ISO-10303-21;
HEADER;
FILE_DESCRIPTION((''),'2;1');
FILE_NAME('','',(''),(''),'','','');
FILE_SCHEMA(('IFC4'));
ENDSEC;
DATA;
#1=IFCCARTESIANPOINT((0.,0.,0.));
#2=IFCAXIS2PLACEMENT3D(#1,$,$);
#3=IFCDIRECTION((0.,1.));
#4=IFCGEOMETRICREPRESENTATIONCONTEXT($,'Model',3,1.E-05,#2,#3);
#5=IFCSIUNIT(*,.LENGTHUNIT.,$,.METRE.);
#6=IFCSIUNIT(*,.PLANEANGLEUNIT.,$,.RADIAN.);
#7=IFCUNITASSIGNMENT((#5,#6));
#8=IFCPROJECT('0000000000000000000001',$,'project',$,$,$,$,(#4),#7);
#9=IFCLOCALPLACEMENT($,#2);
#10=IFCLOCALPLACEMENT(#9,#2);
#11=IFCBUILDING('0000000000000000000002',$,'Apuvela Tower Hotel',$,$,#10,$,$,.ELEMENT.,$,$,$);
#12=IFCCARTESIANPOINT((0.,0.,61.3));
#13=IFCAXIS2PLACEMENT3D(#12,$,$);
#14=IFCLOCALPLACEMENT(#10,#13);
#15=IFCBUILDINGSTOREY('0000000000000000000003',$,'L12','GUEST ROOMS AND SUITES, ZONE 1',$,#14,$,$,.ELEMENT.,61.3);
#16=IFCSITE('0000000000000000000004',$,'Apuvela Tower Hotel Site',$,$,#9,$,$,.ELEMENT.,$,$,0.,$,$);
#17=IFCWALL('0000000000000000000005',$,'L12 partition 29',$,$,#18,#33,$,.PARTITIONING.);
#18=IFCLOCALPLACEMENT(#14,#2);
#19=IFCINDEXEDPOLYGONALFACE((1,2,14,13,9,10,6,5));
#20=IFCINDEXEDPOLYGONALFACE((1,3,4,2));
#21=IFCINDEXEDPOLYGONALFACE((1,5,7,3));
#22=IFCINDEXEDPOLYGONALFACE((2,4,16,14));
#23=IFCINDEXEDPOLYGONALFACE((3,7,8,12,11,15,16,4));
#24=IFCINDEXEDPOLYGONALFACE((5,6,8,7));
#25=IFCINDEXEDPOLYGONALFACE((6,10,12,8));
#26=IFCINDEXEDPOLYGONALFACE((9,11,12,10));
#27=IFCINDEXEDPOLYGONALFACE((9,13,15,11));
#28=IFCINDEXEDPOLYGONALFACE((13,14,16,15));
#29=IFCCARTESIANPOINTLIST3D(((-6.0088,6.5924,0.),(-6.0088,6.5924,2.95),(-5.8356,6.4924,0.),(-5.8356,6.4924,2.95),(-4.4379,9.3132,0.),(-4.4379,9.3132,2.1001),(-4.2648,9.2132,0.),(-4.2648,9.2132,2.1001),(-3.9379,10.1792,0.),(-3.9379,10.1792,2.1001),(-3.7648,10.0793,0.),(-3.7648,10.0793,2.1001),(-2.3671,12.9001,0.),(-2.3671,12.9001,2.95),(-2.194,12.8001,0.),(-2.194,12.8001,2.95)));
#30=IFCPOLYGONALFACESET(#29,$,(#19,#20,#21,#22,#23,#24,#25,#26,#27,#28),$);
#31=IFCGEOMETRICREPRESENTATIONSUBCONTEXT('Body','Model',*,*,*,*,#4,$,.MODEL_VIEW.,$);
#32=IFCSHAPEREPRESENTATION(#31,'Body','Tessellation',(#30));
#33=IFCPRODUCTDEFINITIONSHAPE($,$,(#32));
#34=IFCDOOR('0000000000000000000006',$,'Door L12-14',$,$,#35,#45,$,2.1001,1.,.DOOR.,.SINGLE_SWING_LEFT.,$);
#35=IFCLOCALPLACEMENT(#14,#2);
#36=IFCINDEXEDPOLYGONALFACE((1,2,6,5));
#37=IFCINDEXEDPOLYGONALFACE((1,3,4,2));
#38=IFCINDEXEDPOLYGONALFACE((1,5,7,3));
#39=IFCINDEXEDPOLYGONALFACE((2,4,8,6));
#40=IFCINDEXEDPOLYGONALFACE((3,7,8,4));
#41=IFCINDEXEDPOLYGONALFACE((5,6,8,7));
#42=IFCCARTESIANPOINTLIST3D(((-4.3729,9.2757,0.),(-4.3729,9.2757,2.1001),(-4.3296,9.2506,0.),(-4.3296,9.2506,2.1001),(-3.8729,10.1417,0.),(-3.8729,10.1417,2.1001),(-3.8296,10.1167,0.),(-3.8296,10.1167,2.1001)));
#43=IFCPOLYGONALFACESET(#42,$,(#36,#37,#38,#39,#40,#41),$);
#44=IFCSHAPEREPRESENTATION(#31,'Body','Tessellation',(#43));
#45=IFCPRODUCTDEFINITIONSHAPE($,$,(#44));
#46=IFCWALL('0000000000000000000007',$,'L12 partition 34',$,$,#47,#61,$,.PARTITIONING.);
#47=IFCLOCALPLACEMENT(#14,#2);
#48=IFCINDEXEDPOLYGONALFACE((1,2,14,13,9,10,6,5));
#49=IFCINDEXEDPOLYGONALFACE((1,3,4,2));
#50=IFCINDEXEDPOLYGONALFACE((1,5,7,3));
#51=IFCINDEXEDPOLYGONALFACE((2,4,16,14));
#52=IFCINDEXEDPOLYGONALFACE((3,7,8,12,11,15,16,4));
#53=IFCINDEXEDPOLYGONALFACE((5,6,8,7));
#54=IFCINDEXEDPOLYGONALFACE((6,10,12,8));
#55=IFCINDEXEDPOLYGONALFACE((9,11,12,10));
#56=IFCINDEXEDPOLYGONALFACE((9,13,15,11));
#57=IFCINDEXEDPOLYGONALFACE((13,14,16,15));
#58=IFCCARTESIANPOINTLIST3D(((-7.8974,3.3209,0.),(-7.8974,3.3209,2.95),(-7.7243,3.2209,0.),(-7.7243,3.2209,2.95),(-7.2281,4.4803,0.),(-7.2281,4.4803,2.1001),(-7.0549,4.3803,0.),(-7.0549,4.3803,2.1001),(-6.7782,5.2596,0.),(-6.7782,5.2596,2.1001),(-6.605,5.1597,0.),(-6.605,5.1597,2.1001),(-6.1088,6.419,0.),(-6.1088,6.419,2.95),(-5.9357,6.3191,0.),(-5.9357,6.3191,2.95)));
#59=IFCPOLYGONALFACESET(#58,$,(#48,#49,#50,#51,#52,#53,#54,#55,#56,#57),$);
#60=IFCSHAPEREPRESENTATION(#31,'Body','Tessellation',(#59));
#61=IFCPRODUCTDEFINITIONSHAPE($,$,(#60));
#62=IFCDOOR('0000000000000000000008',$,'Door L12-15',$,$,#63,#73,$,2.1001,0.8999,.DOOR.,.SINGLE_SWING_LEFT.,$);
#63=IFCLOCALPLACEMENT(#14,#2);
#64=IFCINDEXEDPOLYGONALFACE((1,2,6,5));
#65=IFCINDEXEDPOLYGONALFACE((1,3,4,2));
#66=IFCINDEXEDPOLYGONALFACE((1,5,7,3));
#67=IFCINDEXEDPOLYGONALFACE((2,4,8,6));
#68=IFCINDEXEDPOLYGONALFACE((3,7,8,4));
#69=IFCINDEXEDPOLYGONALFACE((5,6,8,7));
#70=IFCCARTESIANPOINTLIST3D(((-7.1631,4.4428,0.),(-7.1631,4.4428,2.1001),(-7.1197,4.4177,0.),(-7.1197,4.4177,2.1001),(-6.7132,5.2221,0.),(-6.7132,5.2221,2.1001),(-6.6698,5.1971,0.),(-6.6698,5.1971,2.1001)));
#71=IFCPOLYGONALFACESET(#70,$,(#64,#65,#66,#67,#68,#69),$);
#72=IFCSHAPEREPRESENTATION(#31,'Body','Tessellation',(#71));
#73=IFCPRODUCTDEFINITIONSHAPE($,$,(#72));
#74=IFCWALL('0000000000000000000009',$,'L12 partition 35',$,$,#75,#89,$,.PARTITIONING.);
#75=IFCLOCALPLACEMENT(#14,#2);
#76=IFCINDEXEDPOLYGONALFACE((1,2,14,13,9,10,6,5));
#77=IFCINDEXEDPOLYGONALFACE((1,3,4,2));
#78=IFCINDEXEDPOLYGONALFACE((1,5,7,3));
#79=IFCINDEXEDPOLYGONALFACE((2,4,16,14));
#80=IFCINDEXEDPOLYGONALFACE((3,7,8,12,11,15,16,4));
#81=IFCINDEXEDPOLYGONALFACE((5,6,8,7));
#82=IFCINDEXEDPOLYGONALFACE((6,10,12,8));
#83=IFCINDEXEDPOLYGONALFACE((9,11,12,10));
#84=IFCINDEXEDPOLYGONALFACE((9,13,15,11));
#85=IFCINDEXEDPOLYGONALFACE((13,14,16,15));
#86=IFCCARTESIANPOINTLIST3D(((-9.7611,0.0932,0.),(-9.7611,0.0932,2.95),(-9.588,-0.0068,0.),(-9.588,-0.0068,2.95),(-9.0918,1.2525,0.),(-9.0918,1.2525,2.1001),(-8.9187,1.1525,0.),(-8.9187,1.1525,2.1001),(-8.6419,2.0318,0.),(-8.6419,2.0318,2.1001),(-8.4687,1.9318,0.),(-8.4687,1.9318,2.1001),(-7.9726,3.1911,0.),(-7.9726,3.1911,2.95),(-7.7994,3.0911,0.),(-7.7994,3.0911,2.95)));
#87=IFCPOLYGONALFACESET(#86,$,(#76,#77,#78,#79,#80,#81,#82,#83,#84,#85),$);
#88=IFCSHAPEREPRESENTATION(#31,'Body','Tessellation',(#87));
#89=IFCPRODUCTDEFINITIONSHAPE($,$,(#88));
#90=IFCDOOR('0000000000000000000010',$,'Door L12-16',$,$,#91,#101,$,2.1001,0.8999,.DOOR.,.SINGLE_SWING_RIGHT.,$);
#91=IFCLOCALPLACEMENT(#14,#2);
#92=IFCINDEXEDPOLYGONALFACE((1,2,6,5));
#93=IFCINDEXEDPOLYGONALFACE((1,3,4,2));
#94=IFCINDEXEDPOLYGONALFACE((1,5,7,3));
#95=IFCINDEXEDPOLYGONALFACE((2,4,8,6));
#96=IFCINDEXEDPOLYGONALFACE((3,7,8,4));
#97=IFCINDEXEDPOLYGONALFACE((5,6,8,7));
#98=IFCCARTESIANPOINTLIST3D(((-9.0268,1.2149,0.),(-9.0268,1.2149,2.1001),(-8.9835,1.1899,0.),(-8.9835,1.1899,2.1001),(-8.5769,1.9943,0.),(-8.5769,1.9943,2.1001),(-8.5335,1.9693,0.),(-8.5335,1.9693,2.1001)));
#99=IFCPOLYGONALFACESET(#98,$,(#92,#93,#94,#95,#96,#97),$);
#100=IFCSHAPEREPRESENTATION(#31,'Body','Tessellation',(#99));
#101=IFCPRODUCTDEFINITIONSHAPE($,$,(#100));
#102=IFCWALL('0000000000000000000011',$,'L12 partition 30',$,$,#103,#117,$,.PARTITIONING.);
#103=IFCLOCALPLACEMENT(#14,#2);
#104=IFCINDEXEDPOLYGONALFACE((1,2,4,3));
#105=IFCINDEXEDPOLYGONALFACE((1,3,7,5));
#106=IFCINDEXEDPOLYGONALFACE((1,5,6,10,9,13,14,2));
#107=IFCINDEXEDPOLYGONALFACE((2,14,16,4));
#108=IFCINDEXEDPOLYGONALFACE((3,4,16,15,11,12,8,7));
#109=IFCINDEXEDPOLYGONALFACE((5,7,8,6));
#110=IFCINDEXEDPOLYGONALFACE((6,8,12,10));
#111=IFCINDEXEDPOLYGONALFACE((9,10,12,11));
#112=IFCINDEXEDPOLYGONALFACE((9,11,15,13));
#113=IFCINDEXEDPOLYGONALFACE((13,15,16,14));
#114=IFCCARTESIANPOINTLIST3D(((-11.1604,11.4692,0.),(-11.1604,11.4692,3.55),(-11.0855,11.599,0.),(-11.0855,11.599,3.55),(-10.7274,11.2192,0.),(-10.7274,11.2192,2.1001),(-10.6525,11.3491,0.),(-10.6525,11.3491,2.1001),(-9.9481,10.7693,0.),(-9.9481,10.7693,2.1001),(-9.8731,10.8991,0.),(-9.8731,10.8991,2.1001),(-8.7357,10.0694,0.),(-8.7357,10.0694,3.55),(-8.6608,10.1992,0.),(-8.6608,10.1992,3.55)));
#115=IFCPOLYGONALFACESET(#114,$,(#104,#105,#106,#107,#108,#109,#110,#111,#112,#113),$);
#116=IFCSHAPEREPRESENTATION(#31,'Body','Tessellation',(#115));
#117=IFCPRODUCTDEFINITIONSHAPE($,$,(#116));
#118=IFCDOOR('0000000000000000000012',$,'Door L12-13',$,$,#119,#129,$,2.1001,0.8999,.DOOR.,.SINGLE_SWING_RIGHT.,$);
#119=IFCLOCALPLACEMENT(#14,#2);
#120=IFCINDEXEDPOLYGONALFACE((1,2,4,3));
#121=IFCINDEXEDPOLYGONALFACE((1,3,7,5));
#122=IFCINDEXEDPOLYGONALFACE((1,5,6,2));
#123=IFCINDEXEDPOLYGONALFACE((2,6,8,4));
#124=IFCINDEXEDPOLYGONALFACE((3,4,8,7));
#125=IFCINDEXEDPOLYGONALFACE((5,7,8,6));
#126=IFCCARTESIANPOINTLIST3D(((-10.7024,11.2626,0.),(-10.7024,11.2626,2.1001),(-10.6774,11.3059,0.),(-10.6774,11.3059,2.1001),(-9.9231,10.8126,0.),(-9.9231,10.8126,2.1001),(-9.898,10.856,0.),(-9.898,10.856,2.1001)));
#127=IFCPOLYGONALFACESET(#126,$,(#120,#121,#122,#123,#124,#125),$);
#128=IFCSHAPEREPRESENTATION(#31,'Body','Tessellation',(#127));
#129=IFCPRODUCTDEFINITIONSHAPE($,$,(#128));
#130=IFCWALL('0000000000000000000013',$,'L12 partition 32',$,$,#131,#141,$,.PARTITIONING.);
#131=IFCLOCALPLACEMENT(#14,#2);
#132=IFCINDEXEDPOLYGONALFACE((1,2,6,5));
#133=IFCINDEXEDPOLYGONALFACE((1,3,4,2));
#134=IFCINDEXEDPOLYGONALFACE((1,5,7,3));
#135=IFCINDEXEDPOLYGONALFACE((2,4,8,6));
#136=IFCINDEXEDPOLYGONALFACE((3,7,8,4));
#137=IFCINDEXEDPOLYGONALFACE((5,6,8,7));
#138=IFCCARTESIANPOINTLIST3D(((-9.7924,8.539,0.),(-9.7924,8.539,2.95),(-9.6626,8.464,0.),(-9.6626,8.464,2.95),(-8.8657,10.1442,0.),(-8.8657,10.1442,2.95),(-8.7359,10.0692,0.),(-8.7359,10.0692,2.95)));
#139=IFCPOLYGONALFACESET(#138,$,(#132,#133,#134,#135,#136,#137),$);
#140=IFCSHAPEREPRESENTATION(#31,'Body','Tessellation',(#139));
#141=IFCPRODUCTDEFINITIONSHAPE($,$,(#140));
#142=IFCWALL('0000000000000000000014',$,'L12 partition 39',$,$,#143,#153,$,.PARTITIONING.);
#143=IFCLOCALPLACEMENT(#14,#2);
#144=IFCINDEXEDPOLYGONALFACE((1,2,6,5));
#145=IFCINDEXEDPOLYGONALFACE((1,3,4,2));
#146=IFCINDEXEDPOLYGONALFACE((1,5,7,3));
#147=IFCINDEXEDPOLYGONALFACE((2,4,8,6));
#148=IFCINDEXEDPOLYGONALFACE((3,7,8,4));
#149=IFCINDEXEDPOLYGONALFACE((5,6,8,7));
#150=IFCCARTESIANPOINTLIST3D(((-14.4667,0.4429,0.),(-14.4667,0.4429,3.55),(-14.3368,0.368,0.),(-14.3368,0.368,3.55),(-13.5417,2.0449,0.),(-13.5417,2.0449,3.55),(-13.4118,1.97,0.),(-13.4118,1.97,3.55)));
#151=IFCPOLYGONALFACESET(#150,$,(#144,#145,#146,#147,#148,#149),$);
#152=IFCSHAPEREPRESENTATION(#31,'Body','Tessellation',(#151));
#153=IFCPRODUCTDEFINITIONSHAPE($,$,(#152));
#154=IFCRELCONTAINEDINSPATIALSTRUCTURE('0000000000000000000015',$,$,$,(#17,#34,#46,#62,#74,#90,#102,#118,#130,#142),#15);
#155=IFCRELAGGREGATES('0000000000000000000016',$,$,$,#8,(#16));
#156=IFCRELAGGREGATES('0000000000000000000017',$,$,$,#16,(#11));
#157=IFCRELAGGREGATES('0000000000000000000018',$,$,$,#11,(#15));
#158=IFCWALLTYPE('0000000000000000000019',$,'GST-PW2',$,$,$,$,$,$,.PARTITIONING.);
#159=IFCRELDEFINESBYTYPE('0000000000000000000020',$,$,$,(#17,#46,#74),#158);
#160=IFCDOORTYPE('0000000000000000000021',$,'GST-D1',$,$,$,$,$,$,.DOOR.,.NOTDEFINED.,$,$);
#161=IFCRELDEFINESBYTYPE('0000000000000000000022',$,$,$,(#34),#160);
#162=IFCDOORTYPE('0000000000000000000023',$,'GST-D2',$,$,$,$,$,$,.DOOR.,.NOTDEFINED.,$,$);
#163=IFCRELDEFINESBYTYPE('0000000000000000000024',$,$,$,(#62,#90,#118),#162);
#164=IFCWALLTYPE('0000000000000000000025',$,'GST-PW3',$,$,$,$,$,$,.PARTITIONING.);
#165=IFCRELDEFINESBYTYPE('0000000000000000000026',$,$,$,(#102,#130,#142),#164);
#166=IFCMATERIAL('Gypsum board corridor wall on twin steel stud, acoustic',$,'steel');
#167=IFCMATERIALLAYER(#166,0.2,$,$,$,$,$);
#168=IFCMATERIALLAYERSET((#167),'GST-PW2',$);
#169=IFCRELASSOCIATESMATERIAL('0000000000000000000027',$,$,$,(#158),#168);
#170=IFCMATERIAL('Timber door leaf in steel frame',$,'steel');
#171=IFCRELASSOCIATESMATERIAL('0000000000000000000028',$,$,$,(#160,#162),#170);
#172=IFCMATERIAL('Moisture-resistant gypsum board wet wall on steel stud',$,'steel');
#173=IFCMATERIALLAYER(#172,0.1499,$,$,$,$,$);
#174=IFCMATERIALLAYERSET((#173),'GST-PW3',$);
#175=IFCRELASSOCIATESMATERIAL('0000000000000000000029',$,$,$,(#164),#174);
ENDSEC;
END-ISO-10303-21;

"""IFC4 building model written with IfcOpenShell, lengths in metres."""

from ifc_helpers import new_model, si_unit, direction, frame, frame_2d, origin, place, context, subcontext, project, spatial, rectangle, extrude, material, layer, layer_set, type_object, element, fill, save


model = new_model("IFC4")

# Units and contexts
model_context = context("Model", 3, precision=1e-05, world=origin(), true_north=direction((0.0, 1.0)))
body_context = subcontext(model_context, "Body", "Model", "MODEL_VIEW")
ifc_project = project(units=[si_unit("LENGTHUNIT", "METRE"), si_unit("PLANEANGLEUNIT", "RADIAN")], contexts=[model_context])

# Site, building, storey
site_placement = place(None, origin())
site = spatial("IfcSite", under=ifc_project, at=site_placement, Name="Apuvela Tower Hotel Site", CompositionType="ELEMENT", RefElevation=0.0)
building_placement = place(site_placement, origin())
building = spatial("IfcBuilding", under=site, at=building_placement, Name="Apuvela Tower Hotel", CompositionType="ELEMENT")
storey_placement = place(building_placement, frame((0.0, 0.0, 61.3)))
storey = spatial("IfcBuildingStorey", under=building, at=storey_placement, Name="L12", Description="GUEST ROOMS AND SUITES, ZONE 1", CompositionType="ELEMENT", Elevation=61.3)

# Walls, openings, doors
ifc_material_1 = material(Name="Gypsum board corridor wall on twin steel stud, acoustic", Category="steel")
ifc_layer_1 = layer(ifc_material_1, 0.2)
ifc_layer_set_1 = layer_set([ifc_layer_1], Name="GST-PW2")
wall_type_1 = type_object("IfcWallType", Name="GST-PW2", PredefinedType="PARTITIONING", material=ifc_layer_set_1)
wall_1_placement = place(storey_placement, frame((-5.9221, 6.5425, 0.0), z_axis=(0.0, 0.0, 1.0), x_axis=(0.499989, 0.866032, 0.0)))
wall_1 = element("IfcWall", 1, at=wall_1_placement, inside=storey, type_object=wall_type_1, Name="L12 partition 29", PredefinedType="PARTITIONING", context=body_context, shape_type="SweptSolid", body=[
    extrude(rectangle(XDim=7.2834, YDim=0.2, at=frame_2d((3.6416, 0.0))), origin(), (0.0, 0.0, 1.0), 2.95),
])
opening_1_placement = place(wall_1_placement, frame((3.1416, 0.0, 0.0)))
opening_1 = element("IfcOpeningElement", 2, at=opening_1_placement, cuts=wall_1, PredefinedType="OPENING", context=body_context, shape_type="SweptSolid", body=[
    extrude(rectangle(XDim=1.0, YDim=2.1001, at=frame_2d((0.5, 1.05))), frame((0.0, 0.1099, 0.0), z_axis=(0.0, -1.0, 0.0), x_axis=(1.0, 0.0, 0.0)), (0.0, 0.0, 1.0), 0.22),
])
ifc_material_2 = material(Name="Timber door leaf in steel frame", Category="steel")
door_type_1 = type_object("IfcDoorType", Name="GST-D1", OperationType="NOTDEFINED", PredefinedType="DOOR", material=ifc_material_2)
door_1_placement = place(opening_1_placement, origin())
door_1 = element("IfcDoor", 3, at=door_1_placement, inside=storey, type_object=door_type_1, Name="Door L12-14", OperationType="SINGLE_SWING_LEFT", OverallHeight=2.1001, OverallWidth=1.0, PredefinedType="DOOR", context=body_context, shape_type="SweptSolid", body=[
    extrude(rectangle(XDim=1.0, YDim=2.1001, at=frame_2d((0.5, 1.05))), frame((0.0, 0.0249, 0.0), z_axis=(0.0, -1.0, 0.0), x_axis=(1.0, 0.0, 0.0)), (0.0, 0.0, 1.0), 0.05),
])
fill(opening_1, door_1)
wall_2_placement = place(storey_placement, frame((-7.8108, 3.271, 0.0), z_axis=(0.0, 0.0, 1.0), x_axis=(0.499971, 0.866042, 0.0)))
wall_2 = element("IfcWall", 4, at=wall_2_placement, inside=storey, type_object=wall_type_1, Name="L12 partition 34", PredefinedType="PARTITIONING", context=body_context, shape_type="SweptSolid", body=[
    extrude(rectangle(XDim=3.5774, YDim=0.2, at=frame_2d((1.7886, 0.0))), origin(), (0.0, 0.0, 1.0), 2.95),
])
opening_2_placement = place(wall_2_placement, frame((1.3386, 0.0, 0.0)))
opening_2 = element("IfcOpeningElement", 5, at=opening_2_placement, cuts=wall_2, PredefinedType="OPENING", context=body_context, shape_type="SweptSolid", body=[
    extrude(rectangle(XDim=0.8999, YDim=2.1001, at=frame_2d((0.45, 1.05))), frame((0.0, 0.1099, 0.0), z_axis=(0.0, -1.0, 0.0), x_axis=(1.0, 0.0, 0.0)), (0.0, 0.0, 1.0), 0.22),
])
door_type_2 = type_object("IfcDoorType", Name="GST-D2", OperationType="NOTDEFINED", PredefinedType="DOOR", material=ifc_material_2)
door_2_placement = place(opening_2_placement, origin())
door_2 = element("IfcDoor", 6, at=door_2_placement, inside=storey, type_object=door_type_2, Name="Door L12-15", OperationType="SINGLE_SWING_LEFT", OverallHeight=2.1001, OverallWidth=0.8999, PredefinedType="DOOR", context=body_context, shape_type="SweptSolid", body=[
    extrude(rectangle(XDim=0.8999, YDim=2.1001, at=frame_2d((0.45, 1.05))), frame((0.0, 0.0249, 0.0), z_axis=(0.0, -1.0, 0.0), x_axis=(1.0, 0.0, 0.0)), (0.0, 0.0, 1.0), 0.05),
])
fill(opening_2, door_2)
wall_3_placement = place(storey_placement, frame((-9.6746, 0.0432, 0.0), z_axis=(0.0, 0.0, 1.0), x_axis=(0.5, 0.866025, 0.0)))
wall_3 = element("IfcWall", 7, at=wall_3_placement, inside=storey, type_object=wall_type_1, Name="L12 partition 35", PredefinedType="PARTITIONING", context=body_context, shape_type="SweptSolid", body=[
    extrude(rectangle(XDim=3.5771, YDim=0.2, at=frame_2d((1.7886, 0.0))), origin(), (0.0, 0.0, 1.0), 2.95),
])
opening_3_placement = place(wall_3_placement, frame((1.3386, 0.0, 0.0)))
opening_3 = element("IfcOpeningElement", 8, at=opening_3_placement, cuts=wall_3, PredefinedType="OPENING", context=body_context, shape_type="SweptSolid", body=[
    extrude(rectangle(XDim=0.8999, YDim=2.1001, at=frame_2d((0.45, 1.05))), frame((0.0, 0.1099, 0.0), z_axis=(0.0, -1.0, 0.0), x_axis=(1.0, 0.0, 0.0)), (0.0, 0.0, 1.0), 0.22),
])
door_3_placement = place(opening_3_placement, origin())
door_3 = element("IfcDoor", 9, at=door_3_placement, inside=storey, type_object=door_type_2, Name="Door L12-16", OperationType="SINGLE_SWING_RIGHT", OverallHeight=2.1001, OverallWidth=0.8999, PredefinedType="DOOR", context=body_context, shape_type="SweptSolid", body=[
    extrude(rectangle(XDim=0.8999, YDim=2.1001, at=frame_2d((0.45, 1.05))), frame((0.0, 0.0249, 0.0), z_axis=(0.0, -1.0, 0.0), x_axis=(1.0, 0.0, 0.0)), (0.0, 0.0, 1.0), 0.05),
])
fill(opening_3, door_3)
ifc_material_3 = material(Name="Moisture-resistant gypsum board wet wall on steel stud", Category="steel")
ifc_layer_2 = layer(ifc_material_3, 0.1499)
ifc_layer_set_2 = layer_set([ifc_layer_2], Name="GST-PW3")
wall_type_2 = type_object("IfcWallType", Name="GST-PW3", PredefinedType="PARTITIONING", material=ifc_layer_set_2)
wall_4_placement = place(storey_placement, frame((-8.6982, 10.1343, 0.0), z_axis=(0.0, 0.0, 1.0), x_axis=(-0.866035, 0.499984, 0.0)))
wall_4 = element("IfcWall", 10, at=wall_4_placement, inside=storey, type_object=wall_type_2, Name="L12 partition 30", PredefinedType="PARTITIONING", context=body_context, shape_type="SweptSolid", body=[
    extrude(rectangle(XDim=2.7998, YDim=0.1499, at=frame_2d((1.3999, 0.0))), origin(), (0.0, 0.0, 1.0), 3.55),
])
opening_4_placement = place(wall_4_placement, frame((1.3999, 0.0, 0.0)))
opening_4 = element("IfcOpeningElement", 11, at=opening_4_placement, cuts=wall_4, PredefinedType="OPENING", context=body_context, shape_type="SweptSolid", body=[
    extrude(rectangle(XDim=0.8999, YDim=2.1001, at=frame_2d((0.45, 1.05))), frame((0.0, 0.085, 0.0), z_axis=(0.0, -1.0, 0.0), x_axis=(1.0, 0.0, 0.0)), (0.0, 0.0, 1.0), 0.1699),
])
door_4_placement = place(opening_4_placement, origin())
door_4 = element("IfcDoor", 12, at=door_4_placement, inside=storey, type_object=door_type_2, Name="Door L12-13", OperationType="SINGLE_SWING_RIGHT", OverallHeight=2.1001, OverallWidth=0.8999, PredefinedType="DOOR", context=body_context, shape_type="SweptSolid", body=[
    extrude(rectangle(XDim=0.8999, YDim=2.1001, at=frame_2d((0.45, 1.05))), frame((0.0, 0.0249, 0.0), z_axis=(0.0, -1.0, 0.0), x_axis=(1.0, 0.0, 0.0)), (0.0, 0.0, 1.0), 0.05),
])
fill(opening_4, door_4)

# Walls
wall_5_placement = place(storey_placement, frame((-8.8008, 10.1067, 0.0), z_axis=(0.0, 0.0, 1.0), x_axis=(-0.499992, -0.86603, 0.0)))
element("IfcWall", 13, at=wall_5_placement, inside=storey, type_object=wall_type_2, Name="L12 partition 32", PredefinedType="PARTITIONING", context=body_context, shape_type="SweptSolid", body=[
    extrude(rectangle(XDim=1.8535, YDim=0.1499, at=frame_2d((0.9268, 0.0))), origin(), (0.0, 0.0, 1.0), 2.95),
])
wall_6_placement = place(storey_placement, frame((-13.4768, 2.0073, 0.0), z_axis=(0.0, 0.0, 1.0), x_axis=(-0.500042, -0.866001, 0.0)))
element("IfcWall", 14, at=wall_6_placement, inside=storey, type_object=wall_type_2, Name="L12 partition 39", PredefinedType="PARTITIONING", context=body_context, shape_type="SweptSolid", body=[
    extrude(rectangle(XDim=1.8499, YDim=0.1499, at=frame_2d((0.9248, 0.0))), origin(), (0.0, 0.0, 1.0), 3.55),
])

save(model, "model.ifc")
